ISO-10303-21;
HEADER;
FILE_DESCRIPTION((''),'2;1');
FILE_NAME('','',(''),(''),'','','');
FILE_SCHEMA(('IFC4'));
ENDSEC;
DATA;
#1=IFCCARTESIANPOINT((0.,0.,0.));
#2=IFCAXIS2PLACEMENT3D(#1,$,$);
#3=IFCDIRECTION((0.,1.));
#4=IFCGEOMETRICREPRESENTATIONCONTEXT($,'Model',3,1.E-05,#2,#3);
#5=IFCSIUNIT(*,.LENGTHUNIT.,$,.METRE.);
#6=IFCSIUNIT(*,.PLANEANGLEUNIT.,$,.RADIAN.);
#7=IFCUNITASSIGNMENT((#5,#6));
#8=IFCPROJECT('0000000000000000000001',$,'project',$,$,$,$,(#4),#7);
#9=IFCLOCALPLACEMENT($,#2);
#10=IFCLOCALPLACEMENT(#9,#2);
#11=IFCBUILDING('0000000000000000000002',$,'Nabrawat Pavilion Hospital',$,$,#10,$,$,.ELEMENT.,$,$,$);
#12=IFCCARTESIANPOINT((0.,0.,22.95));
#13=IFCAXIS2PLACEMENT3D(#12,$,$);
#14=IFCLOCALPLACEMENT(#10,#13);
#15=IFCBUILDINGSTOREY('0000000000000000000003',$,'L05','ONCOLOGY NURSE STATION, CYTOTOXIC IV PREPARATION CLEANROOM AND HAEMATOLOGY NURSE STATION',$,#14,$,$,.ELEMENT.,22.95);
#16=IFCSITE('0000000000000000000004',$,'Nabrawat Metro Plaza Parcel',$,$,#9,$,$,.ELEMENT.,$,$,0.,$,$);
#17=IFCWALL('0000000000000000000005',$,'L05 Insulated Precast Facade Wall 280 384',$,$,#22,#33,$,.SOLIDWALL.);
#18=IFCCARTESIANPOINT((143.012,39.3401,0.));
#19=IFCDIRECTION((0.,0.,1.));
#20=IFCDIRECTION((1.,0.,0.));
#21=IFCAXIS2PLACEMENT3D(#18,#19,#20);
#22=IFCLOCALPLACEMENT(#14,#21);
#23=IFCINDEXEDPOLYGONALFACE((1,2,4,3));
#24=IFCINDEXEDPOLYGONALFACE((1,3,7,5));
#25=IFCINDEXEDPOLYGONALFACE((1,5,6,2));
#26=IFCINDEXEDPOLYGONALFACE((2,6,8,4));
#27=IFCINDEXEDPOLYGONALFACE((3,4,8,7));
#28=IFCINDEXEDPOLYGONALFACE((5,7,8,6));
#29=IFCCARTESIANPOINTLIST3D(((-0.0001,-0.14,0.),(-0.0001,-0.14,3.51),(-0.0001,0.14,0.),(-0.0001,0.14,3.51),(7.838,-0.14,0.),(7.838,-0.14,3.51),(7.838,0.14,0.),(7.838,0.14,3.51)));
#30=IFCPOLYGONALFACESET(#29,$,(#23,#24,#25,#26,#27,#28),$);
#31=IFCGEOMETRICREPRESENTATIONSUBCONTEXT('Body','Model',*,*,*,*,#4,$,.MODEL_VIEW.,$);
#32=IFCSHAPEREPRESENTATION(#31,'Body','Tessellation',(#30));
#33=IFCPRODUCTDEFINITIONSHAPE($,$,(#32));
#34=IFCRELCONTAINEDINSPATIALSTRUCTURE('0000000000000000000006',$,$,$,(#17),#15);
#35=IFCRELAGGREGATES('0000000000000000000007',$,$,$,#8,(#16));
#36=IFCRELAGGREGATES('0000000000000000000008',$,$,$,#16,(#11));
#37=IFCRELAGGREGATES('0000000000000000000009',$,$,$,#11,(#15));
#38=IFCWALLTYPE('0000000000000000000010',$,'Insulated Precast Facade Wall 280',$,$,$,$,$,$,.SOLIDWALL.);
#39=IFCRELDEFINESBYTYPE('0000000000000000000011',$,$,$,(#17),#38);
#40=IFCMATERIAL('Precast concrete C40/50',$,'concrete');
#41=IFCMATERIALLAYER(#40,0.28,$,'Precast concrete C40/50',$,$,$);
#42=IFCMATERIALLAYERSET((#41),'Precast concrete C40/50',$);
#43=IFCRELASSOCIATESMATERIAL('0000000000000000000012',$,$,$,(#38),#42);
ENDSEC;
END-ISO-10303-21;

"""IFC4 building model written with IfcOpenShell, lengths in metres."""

from ifc_helpers import new_model, si_unit, direction, frame, frame_2d, origin, place, context, subcontext, project, spatial, rectangle, extrude, material, layer, layer_set, type_object, element, save


model = new_model("IFC4")

# Units and contexts
model_context = context("Model", 3, precision=1e-05, world=origin(), true_north=direction((0.0, 1.0)))
body_context = subcontext(model_context, "Body", "Model", "MODEL_VIEW")
ifc_project = project(units=[si_unit("LENGTHUNIT", "METRE"), si_unit("PLANEANGLEUNIT", "RADIAN")], contexts=[model_context])

# Site, building, storey
site_placement = place(None, origin())
site = spatial("IfcSite", under=ifc_project, at=site_placement, Name="Nabrawat Metro Plaza Parcel", CompositionType="ELEMENT", RefElevation=0.0)
building_placement = place(site_placement, origin())
building = spatial("IfcBuilding", under=site, at=building_placement, Name="Nabrawat Pavilion Hospital", CompositionType="ELEMENT")
storey_placement = place(building_placement, frame((0.0, 0.0, 22.95)))
storey = spatial("IfcBuildingStorey", under=building, at=storey_placement, Name="L05", Description="ONCOLOGY NURSE STATION, CYTOTOXIC IV PREPARATION CLEANROOM AND HAEMATOLOGY NURSE STATION", CompositionType="ELEMENT", Elevation=22.95)

# Wall
ifc_material_1 = material(Name="Precast concrete C40/50", Category="concrete")
ifc_layer_1 = layer(ifc_material_1, 0.28, Name="Precast concrete C40/50")
ifc_layer_set_1 = layer_set([ifc_layer_1], Name="Precast concrete C40/50")
wall_type = type_object("IfcWallType", Name="Insulated Precast Facade Wall 280", PredefinedType="SOLIDWALL", material=ifc_layer_set_1)
wall_placement = place(storey_placement, frame((143.012, 39.3401, 0.0), z_axis=(0.0, 0.0, 1.0), x_axis=(1.0, 0.0, 0.0)))
element("IfcWall", 1, at=wall_placement, inside=storey, type_object=wall_type, Name="L05 Insulated Precast Facade Wall 280 384", PredefinedType="SOLIDWALL", context=body_context, shape_type="SweptSolid", body=[
    extrude(rectangle(XDim=7.8381, YDim=0.28, at=frame_2d((3.9189, 0.0))), origin(), (0.0, 0.0, 1.0), 3.51),
])

save(model, "model.ifc")
